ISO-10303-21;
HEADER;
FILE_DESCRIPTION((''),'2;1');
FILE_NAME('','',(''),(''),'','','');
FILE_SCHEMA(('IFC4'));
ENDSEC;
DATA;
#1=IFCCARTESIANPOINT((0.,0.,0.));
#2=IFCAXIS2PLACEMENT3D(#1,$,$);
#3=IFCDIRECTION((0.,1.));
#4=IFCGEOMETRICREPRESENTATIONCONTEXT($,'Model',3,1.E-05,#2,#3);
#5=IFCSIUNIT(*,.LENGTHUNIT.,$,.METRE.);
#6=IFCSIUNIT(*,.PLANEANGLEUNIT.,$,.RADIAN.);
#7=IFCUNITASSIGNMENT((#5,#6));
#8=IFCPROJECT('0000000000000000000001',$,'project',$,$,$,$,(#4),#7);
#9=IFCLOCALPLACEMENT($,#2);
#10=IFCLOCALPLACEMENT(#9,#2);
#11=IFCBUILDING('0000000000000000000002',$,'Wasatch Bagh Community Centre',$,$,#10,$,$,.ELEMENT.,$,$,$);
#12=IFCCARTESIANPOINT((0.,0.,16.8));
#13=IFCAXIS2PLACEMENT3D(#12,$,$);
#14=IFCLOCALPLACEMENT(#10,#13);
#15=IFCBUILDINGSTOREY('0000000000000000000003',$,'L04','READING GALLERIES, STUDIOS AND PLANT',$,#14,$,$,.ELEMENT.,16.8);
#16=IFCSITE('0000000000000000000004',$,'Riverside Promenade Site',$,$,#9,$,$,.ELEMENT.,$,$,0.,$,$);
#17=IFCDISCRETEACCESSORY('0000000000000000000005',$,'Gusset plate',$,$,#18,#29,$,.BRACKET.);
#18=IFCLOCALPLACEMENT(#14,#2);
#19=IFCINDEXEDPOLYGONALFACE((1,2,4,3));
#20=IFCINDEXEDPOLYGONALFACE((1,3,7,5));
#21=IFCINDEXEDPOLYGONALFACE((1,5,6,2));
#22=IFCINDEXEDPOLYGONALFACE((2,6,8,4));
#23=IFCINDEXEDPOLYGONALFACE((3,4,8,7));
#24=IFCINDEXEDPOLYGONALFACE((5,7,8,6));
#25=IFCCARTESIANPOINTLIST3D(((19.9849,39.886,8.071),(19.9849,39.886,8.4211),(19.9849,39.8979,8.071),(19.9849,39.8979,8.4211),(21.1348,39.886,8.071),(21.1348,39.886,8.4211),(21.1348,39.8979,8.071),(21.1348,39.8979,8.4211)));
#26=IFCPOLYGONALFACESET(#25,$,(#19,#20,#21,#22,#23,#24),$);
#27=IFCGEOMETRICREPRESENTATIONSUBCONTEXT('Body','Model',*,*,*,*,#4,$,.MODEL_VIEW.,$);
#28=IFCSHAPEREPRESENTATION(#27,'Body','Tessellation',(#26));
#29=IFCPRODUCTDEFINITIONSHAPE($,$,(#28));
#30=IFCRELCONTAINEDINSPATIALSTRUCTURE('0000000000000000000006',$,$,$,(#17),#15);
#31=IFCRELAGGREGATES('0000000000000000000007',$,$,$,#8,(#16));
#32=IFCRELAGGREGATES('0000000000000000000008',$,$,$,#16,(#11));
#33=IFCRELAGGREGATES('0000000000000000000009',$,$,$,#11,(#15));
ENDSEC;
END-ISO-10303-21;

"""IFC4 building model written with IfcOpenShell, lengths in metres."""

from ifc_helpers import new_model, si_unit, direction, frame, origin, place, context, subcontext, project, spatial, polyline, outline, extrude, element, save


model = new_model("IFC4")

# Units and contexts
model_context = context("Model", 3, precision=1e-05, world=origin(), true_north=direction((0.0, 1.0)))
body_context = subcontext(model_context, "Body", "Model", "MODEL_VIEW")
ifc_project = project(units=[si_unit("LENGTHUNIT", "METRE"), si_unit("PLANEANGLEUNIT", "RADIAN")], contexts=[model_context])

# Site, building, storey
site_placement = place(None, origin())
site = spatial("IfcSite", under=ifc_project, at=site_placement, Name="Riverside Promenade Site", CompositionType="ELEMENT", RefElevation=0.0)
building_placement = place(site_placement, origin())
building = spatial("IfcBuilding", under=site, at=building_placement, Name="Wasatch Bagh Community Centre", CompositionType="ELEMENT")
storey_placement = place(building_placement, frame((0.0, 0.0, 16.8)))
storey = spatial("IfcBuildingStorey", under=building, at=storey_placement, Name="L04", Description="READING GALLERIES, STUDIOS AND PLANT", CompositionType="ELEMENT", Elevation=16.8)

# Discrete accessory
discrete_accessory_1_placement = place(storey_placement, frame((19.9849, 39.886, 8.071), z_axis=(0.0, -1.0, 0.0), x_axis=(1.0, 0.0, 0.0)))
element("IfcDiscreteAccessory", 1, at=discrete_accessory_1_placement, inside=storey, Name="Gusset plate", PredefinedType="BRACKET", context=body_context, shape_type="SweptSolid", body=[
    extrude(outline(polyline([(0.0, 0.0), (1.1499, 0.0), (1.1499, 0.3501), (0.0, 0.3501), (0.0, 0.0)])), origin(), (0.0, 0.0, -1.0), 0.012),
])

save(model, "model.ifc")
